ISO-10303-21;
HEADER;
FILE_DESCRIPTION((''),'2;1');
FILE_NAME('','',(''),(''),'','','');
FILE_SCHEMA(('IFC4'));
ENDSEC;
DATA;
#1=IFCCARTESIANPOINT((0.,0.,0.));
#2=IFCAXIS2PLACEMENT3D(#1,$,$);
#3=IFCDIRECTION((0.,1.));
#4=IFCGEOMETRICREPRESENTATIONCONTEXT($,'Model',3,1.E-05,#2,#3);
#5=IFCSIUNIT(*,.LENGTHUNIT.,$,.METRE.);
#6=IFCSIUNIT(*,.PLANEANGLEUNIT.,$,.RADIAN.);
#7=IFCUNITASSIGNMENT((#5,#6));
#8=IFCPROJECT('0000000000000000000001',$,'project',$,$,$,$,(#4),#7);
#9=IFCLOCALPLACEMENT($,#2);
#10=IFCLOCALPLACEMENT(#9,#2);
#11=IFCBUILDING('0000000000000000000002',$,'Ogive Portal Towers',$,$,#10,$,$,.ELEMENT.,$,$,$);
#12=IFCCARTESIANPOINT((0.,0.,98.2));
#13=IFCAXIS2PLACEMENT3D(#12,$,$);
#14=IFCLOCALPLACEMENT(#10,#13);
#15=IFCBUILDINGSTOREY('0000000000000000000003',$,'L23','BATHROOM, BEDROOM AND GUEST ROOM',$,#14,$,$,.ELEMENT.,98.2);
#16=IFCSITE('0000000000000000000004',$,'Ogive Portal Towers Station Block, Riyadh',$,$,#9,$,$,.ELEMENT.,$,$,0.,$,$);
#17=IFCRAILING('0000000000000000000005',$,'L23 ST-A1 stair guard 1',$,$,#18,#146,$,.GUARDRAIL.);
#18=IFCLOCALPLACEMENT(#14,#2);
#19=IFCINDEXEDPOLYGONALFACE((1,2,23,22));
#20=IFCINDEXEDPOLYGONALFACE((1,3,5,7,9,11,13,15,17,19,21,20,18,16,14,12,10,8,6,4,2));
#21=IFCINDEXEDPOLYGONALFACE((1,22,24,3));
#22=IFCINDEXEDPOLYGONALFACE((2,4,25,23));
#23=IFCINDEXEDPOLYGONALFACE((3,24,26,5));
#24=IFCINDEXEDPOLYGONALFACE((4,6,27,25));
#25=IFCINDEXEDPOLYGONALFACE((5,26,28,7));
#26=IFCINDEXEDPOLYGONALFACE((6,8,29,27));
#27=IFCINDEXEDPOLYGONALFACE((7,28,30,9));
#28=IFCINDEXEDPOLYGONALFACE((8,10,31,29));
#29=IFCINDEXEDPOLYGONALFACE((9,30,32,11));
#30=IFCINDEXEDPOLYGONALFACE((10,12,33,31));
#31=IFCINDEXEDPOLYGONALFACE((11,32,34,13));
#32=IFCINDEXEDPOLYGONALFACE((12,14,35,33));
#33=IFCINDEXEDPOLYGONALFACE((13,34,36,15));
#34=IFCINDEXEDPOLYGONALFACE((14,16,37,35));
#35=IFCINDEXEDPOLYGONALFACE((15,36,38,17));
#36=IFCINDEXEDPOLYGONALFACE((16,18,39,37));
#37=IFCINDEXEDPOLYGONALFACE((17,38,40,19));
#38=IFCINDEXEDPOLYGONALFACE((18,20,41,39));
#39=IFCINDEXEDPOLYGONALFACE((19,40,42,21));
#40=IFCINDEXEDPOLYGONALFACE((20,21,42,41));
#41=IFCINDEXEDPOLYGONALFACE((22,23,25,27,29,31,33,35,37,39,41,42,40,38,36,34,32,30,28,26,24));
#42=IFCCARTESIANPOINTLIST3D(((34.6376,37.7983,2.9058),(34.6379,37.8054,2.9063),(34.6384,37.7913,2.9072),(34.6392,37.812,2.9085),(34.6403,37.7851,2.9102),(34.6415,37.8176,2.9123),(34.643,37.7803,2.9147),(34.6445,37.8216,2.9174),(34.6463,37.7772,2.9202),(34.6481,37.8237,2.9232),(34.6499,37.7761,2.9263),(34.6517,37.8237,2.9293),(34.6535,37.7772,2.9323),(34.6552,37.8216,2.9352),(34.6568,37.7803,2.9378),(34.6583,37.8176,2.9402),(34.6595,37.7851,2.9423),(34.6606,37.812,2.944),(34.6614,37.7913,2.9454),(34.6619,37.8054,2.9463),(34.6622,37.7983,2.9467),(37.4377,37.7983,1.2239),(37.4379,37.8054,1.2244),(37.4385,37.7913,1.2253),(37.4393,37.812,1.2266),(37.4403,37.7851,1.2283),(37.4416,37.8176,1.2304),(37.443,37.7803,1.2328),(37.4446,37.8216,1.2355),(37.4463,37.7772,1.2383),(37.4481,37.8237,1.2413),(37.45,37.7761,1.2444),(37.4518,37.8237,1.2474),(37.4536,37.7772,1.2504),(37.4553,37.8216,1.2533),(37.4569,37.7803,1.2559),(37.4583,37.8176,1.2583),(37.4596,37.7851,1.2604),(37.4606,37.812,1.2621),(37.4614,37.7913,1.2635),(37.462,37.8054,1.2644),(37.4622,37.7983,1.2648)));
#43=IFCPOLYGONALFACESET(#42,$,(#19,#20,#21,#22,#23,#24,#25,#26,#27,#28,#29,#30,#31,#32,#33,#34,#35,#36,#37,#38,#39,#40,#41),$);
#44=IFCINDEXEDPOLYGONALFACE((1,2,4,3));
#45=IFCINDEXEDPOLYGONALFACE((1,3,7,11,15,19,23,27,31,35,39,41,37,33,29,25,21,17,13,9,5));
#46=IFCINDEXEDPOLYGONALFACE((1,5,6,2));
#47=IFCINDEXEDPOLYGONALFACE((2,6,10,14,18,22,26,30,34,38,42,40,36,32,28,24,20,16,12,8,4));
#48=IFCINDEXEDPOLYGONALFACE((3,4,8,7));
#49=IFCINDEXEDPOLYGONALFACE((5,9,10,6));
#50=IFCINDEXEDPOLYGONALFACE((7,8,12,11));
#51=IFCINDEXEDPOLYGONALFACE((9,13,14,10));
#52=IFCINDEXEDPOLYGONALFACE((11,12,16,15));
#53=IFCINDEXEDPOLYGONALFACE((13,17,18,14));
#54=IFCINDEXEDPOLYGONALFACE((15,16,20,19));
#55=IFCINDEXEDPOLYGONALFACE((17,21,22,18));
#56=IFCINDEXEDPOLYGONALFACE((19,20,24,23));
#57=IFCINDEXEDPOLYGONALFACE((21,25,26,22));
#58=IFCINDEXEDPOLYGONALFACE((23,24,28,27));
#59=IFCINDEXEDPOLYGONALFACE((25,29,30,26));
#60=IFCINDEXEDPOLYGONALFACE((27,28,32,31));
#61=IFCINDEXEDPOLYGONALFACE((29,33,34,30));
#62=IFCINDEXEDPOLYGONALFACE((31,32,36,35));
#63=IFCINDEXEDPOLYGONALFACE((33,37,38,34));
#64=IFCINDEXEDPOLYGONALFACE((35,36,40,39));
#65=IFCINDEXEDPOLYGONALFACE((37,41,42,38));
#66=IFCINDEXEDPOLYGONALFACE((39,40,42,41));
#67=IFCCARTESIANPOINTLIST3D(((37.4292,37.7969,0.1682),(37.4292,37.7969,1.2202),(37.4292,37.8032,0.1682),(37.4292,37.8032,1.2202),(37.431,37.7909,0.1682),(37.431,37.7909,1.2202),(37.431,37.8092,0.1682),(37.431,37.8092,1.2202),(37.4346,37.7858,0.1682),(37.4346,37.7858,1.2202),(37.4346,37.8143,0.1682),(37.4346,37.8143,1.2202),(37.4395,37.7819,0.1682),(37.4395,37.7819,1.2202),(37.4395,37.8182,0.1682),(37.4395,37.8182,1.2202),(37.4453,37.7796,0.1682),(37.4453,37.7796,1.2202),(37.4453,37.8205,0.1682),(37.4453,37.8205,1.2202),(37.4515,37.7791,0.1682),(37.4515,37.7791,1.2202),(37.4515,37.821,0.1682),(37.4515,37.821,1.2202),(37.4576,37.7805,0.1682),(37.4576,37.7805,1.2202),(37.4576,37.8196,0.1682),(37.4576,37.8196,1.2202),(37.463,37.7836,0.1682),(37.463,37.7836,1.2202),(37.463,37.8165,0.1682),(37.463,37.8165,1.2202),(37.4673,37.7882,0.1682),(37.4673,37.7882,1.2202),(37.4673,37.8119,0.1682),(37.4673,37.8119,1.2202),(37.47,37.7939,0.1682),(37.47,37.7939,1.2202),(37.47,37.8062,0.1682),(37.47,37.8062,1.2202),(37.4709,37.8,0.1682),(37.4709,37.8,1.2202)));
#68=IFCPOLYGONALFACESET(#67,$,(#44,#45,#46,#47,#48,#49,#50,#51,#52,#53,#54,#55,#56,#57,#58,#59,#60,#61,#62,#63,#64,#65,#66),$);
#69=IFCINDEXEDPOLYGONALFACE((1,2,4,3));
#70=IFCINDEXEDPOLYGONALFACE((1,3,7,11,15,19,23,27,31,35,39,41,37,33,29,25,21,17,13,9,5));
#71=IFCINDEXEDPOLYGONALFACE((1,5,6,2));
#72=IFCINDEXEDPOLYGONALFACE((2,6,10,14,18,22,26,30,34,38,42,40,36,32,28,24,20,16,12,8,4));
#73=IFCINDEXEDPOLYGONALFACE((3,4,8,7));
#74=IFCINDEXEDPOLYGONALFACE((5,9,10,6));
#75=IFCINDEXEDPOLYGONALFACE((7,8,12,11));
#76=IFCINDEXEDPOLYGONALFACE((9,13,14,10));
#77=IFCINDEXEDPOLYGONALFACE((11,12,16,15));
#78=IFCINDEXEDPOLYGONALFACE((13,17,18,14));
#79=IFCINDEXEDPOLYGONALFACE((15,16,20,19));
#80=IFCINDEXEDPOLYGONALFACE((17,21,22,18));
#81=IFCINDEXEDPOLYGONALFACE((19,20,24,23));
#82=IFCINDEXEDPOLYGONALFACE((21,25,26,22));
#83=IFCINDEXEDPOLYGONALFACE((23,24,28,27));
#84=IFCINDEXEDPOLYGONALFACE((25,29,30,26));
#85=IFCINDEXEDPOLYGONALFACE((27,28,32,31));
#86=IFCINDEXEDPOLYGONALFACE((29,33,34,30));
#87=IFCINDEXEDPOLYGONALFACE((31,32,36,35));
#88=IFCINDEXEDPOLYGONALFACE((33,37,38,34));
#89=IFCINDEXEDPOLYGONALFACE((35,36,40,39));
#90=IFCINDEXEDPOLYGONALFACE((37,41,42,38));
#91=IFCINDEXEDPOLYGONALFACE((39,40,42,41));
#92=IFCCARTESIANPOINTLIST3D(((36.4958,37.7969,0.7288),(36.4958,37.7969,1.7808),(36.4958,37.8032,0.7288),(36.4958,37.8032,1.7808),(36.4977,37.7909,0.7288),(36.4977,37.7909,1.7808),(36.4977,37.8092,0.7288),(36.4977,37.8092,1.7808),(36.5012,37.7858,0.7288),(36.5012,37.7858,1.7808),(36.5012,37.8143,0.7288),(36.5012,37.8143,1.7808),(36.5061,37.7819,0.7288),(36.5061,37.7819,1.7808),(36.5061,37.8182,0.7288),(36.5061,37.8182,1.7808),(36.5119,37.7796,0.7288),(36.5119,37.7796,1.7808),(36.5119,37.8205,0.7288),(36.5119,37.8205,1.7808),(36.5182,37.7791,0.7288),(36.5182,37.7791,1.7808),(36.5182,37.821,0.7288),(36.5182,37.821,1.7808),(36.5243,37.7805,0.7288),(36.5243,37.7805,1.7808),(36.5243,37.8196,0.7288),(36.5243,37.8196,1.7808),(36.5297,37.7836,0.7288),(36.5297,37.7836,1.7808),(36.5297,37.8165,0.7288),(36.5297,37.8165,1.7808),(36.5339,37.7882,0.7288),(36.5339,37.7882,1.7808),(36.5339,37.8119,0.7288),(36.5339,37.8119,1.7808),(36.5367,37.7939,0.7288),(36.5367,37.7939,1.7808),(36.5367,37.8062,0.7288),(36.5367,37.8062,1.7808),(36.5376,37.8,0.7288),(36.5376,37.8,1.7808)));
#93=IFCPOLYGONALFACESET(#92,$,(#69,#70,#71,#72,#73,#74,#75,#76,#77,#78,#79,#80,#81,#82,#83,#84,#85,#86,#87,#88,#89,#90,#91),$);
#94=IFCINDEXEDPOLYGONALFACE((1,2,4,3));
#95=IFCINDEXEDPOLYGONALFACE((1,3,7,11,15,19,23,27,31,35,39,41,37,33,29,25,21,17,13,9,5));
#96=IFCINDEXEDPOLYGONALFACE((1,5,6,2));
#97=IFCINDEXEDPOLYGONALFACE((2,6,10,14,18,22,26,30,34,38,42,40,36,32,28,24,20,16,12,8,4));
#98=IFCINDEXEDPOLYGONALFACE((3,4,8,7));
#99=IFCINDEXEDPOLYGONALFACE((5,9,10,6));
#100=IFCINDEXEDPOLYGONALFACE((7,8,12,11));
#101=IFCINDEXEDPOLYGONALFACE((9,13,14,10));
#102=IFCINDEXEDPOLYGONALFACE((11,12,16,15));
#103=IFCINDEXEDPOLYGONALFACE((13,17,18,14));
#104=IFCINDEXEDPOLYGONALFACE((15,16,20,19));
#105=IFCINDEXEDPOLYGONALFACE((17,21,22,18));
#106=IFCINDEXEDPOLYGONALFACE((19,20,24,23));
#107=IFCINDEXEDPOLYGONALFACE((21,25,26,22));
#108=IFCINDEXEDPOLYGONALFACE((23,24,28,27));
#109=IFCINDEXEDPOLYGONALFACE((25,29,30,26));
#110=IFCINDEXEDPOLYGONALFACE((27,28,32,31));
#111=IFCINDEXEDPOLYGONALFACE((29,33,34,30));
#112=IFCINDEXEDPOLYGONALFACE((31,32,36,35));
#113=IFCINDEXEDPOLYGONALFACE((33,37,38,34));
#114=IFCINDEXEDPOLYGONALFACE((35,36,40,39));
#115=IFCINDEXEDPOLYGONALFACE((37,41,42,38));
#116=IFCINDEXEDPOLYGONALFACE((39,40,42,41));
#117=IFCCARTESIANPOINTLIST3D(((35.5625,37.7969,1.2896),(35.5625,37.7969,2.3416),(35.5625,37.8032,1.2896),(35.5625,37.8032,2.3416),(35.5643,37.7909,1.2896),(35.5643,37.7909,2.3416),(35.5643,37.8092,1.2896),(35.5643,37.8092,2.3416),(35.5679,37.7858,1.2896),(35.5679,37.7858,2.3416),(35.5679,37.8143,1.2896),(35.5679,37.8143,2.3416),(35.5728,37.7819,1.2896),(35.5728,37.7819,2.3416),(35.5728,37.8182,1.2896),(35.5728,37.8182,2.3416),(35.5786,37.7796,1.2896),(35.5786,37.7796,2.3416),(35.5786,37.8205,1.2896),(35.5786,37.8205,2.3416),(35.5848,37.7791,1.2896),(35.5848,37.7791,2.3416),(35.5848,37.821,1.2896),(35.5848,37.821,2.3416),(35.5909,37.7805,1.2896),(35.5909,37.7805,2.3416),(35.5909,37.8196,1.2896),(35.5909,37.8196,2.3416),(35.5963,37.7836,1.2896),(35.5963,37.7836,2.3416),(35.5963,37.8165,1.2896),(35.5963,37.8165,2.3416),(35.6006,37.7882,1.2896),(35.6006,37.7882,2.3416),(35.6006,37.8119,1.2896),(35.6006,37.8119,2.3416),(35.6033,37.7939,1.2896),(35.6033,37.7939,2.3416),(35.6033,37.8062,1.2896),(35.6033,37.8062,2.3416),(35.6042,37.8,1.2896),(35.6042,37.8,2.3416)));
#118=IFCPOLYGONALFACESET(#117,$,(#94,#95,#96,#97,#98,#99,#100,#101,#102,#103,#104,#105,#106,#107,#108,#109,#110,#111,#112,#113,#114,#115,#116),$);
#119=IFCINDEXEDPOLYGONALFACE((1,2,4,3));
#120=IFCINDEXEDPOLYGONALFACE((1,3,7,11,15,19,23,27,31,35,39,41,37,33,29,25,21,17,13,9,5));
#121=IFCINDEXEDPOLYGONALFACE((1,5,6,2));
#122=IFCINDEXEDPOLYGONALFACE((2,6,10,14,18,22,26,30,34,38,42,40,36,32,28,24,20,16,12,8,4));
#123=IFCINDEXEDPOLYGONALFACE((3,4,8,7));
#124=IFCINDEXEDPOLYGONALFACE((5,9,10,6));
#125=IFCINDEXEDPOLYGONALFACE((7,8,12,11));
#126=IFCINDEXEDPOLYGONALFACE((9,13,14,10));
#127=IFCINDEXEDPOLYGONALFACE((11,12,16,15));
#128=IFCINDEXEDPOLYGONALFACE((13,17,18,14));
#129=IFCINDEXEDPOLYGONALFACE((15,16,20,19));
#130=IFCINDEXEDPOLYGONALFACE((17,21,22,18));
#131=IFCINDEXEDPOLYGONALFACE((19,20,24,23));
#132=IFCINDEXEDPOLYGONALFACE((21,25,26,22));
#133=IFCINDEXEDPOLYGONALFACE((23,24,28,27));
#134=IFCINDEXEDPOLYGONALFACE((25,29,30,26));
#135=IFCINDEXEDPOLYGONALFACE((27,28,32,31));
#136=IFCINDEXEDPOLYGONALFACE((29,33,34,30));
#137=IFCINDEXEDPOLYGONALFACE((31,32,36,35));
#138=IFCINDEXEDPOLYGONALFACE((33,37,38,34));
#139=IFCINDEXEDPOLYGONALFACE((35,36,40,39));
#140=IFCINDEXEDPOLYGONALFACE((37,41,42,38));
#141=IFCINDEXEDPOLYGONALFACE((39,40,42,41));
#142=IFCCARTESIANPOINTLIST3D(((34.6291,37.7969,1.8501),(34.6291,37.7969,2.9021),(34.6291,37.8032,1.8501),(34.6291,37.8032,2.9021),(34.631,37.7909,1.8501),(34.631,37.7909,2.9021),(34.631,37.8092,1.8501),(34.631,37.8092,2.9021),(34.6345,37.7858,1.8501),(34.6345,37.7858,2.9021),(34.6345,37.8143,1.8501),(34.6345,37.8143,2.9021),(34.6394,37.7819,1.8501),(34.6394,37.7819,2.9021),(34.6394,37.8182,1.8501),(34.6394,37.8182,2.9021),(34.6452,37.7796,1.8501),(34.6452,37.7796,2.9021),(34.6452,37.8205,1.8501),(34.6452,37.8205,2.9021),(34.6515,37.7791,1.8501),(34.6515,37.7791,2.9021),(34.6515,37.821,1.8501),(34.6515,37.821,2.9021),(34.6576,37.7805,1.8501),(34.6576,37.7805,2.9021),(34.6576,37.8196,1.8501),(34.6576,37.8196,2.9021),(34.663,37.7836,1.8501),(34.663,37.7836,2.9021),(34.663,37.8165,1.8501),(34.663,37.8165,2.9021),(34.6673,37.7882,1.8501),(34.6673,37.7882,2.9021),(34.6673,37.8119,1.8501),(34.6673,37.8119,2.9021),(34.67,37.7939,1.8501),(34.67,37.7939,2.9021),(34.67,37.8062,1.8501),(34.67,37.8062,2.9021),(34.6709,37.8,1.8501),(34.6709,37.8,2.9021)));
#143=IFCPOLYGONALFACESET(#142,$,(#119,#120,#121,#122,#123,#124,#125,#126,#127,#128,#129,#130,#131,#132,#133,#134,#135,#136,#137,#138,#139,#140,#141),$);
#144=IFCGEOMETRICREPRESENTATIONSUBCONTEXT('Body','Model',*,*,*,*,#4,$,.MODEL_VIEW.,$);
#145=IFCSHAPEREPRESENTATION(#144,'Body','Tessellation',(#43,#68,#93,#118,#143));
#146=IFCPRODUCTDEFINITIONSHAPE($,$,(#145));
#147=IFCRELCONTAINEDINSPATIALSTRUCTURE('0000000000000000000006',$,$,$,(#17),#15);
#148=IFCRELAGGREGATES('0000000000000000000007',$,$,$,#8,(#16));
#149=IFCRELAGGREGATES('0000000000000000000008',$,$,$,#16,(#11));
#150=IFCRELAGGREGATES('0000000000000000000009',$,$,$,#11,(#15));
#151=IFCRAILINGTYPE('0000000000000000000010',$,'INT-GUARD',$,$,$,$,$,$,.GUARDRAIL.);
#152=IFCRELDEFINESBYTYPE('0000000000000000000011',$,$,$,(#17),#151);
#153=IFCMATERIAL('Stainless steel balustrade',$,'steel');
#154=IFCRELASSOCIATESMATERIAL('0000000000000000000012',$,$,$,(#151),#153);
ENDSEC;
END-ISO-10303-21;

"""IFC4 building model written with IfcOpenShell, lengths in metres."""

from ifc_helpers import new_model, si_unit, direction, frame, origin, origin_2d, place, context, subcontext, project, spatial, circle, extrude, material, type_object, element, save


model = new_model("IFC4")

# Units and contexts
model_context = context("Model", 3, precision=1e-05, world=origin(), true_north=direction((0.0, 1.0)))
body_context = subcontext(model_context, "Body", "Model", "MODEL_VIEW")
ifc_project = project(units=[si_unit("LENGTHUNIT", "METRE"), si_unit("PLANEANGLEUNIT", "RADIAN")], contexts=[model_context])

# Site, building, storey
site_placement = place(None, origin())
site = spatial("IfcSite", under=ifc_project, at=site_placement, Name="Ogive Portal Towers Station Block, Riyadh", CompositionType="ELEMENT", RefElevation=0.0)
building_placement = place(site_placement, origin())
building = spatial("IfcBuilding", under=site, at=building_placement, Name="Ogive Portal Towers", CompositionType="ELEMENT")
storey_placement = place(building_placement, frame((0.0, 0.0, 98.2)))
storey = spatial("IfcBuildingStorey", under=building, at=storey_placement, Name="L23", Description="BATHROOM, BEDROOM AND GUEST ROOM", CompositionType="ELEMENT", Elevation=98.2)

# Railing
ifc_material_1 = material(Name="Stainless steel balustrade", Category="steel")
railing_type_1 = type_object("IfcRailingType", Name="INT-GUARD", PredefinedType="GUARDRAIL", material=ifc_material_1)
railing_1_placement = place(storey_placement, frame((37.45, 37.8, 0.1682)))
element("IfcRailing", 1, at=railing_1_placement, inside=storey, type_object=railing_type_1, Name="L23 ST-A1 stair guard 1", PredefinedType="GUARDRAIL", context=body_context, shape_type="SweptSolid", body=[
    extrude(circle(Radius=0.0239, at=origin_2d()), frame((0.0, 0.0, 1.0762), z_axis=(-0.857242, 0.0, 0.514913), x_axis=(0.0, -1.0, 0.0)), (0.0, 0.0, 1.0), 3.2664),
    extrude(circle(Radius=0.021, at=origin_2d()), origin(), (0.0, 0.0, 1.0), 1.052),
    extrude(circle(Radius=0.021, at=origin_2d()), frame((-0.9333, 0.0, 0.5605)), (0.0, 0.0, 1.0), 1.052),
    extrude(circle(Radius=0.021, at=origin_2d()), frame((-1.8667, 0.0, 1.1213)), (0.0, 0.0, 1.0), 1.052),
    extrude(circle(Radius=0.021, at=origin_2d()), frame((-2.8, 0.0, 1.6819)), (0.0, 0.0, 1.0), 1.052),
])

save(model, "model.ifc")
